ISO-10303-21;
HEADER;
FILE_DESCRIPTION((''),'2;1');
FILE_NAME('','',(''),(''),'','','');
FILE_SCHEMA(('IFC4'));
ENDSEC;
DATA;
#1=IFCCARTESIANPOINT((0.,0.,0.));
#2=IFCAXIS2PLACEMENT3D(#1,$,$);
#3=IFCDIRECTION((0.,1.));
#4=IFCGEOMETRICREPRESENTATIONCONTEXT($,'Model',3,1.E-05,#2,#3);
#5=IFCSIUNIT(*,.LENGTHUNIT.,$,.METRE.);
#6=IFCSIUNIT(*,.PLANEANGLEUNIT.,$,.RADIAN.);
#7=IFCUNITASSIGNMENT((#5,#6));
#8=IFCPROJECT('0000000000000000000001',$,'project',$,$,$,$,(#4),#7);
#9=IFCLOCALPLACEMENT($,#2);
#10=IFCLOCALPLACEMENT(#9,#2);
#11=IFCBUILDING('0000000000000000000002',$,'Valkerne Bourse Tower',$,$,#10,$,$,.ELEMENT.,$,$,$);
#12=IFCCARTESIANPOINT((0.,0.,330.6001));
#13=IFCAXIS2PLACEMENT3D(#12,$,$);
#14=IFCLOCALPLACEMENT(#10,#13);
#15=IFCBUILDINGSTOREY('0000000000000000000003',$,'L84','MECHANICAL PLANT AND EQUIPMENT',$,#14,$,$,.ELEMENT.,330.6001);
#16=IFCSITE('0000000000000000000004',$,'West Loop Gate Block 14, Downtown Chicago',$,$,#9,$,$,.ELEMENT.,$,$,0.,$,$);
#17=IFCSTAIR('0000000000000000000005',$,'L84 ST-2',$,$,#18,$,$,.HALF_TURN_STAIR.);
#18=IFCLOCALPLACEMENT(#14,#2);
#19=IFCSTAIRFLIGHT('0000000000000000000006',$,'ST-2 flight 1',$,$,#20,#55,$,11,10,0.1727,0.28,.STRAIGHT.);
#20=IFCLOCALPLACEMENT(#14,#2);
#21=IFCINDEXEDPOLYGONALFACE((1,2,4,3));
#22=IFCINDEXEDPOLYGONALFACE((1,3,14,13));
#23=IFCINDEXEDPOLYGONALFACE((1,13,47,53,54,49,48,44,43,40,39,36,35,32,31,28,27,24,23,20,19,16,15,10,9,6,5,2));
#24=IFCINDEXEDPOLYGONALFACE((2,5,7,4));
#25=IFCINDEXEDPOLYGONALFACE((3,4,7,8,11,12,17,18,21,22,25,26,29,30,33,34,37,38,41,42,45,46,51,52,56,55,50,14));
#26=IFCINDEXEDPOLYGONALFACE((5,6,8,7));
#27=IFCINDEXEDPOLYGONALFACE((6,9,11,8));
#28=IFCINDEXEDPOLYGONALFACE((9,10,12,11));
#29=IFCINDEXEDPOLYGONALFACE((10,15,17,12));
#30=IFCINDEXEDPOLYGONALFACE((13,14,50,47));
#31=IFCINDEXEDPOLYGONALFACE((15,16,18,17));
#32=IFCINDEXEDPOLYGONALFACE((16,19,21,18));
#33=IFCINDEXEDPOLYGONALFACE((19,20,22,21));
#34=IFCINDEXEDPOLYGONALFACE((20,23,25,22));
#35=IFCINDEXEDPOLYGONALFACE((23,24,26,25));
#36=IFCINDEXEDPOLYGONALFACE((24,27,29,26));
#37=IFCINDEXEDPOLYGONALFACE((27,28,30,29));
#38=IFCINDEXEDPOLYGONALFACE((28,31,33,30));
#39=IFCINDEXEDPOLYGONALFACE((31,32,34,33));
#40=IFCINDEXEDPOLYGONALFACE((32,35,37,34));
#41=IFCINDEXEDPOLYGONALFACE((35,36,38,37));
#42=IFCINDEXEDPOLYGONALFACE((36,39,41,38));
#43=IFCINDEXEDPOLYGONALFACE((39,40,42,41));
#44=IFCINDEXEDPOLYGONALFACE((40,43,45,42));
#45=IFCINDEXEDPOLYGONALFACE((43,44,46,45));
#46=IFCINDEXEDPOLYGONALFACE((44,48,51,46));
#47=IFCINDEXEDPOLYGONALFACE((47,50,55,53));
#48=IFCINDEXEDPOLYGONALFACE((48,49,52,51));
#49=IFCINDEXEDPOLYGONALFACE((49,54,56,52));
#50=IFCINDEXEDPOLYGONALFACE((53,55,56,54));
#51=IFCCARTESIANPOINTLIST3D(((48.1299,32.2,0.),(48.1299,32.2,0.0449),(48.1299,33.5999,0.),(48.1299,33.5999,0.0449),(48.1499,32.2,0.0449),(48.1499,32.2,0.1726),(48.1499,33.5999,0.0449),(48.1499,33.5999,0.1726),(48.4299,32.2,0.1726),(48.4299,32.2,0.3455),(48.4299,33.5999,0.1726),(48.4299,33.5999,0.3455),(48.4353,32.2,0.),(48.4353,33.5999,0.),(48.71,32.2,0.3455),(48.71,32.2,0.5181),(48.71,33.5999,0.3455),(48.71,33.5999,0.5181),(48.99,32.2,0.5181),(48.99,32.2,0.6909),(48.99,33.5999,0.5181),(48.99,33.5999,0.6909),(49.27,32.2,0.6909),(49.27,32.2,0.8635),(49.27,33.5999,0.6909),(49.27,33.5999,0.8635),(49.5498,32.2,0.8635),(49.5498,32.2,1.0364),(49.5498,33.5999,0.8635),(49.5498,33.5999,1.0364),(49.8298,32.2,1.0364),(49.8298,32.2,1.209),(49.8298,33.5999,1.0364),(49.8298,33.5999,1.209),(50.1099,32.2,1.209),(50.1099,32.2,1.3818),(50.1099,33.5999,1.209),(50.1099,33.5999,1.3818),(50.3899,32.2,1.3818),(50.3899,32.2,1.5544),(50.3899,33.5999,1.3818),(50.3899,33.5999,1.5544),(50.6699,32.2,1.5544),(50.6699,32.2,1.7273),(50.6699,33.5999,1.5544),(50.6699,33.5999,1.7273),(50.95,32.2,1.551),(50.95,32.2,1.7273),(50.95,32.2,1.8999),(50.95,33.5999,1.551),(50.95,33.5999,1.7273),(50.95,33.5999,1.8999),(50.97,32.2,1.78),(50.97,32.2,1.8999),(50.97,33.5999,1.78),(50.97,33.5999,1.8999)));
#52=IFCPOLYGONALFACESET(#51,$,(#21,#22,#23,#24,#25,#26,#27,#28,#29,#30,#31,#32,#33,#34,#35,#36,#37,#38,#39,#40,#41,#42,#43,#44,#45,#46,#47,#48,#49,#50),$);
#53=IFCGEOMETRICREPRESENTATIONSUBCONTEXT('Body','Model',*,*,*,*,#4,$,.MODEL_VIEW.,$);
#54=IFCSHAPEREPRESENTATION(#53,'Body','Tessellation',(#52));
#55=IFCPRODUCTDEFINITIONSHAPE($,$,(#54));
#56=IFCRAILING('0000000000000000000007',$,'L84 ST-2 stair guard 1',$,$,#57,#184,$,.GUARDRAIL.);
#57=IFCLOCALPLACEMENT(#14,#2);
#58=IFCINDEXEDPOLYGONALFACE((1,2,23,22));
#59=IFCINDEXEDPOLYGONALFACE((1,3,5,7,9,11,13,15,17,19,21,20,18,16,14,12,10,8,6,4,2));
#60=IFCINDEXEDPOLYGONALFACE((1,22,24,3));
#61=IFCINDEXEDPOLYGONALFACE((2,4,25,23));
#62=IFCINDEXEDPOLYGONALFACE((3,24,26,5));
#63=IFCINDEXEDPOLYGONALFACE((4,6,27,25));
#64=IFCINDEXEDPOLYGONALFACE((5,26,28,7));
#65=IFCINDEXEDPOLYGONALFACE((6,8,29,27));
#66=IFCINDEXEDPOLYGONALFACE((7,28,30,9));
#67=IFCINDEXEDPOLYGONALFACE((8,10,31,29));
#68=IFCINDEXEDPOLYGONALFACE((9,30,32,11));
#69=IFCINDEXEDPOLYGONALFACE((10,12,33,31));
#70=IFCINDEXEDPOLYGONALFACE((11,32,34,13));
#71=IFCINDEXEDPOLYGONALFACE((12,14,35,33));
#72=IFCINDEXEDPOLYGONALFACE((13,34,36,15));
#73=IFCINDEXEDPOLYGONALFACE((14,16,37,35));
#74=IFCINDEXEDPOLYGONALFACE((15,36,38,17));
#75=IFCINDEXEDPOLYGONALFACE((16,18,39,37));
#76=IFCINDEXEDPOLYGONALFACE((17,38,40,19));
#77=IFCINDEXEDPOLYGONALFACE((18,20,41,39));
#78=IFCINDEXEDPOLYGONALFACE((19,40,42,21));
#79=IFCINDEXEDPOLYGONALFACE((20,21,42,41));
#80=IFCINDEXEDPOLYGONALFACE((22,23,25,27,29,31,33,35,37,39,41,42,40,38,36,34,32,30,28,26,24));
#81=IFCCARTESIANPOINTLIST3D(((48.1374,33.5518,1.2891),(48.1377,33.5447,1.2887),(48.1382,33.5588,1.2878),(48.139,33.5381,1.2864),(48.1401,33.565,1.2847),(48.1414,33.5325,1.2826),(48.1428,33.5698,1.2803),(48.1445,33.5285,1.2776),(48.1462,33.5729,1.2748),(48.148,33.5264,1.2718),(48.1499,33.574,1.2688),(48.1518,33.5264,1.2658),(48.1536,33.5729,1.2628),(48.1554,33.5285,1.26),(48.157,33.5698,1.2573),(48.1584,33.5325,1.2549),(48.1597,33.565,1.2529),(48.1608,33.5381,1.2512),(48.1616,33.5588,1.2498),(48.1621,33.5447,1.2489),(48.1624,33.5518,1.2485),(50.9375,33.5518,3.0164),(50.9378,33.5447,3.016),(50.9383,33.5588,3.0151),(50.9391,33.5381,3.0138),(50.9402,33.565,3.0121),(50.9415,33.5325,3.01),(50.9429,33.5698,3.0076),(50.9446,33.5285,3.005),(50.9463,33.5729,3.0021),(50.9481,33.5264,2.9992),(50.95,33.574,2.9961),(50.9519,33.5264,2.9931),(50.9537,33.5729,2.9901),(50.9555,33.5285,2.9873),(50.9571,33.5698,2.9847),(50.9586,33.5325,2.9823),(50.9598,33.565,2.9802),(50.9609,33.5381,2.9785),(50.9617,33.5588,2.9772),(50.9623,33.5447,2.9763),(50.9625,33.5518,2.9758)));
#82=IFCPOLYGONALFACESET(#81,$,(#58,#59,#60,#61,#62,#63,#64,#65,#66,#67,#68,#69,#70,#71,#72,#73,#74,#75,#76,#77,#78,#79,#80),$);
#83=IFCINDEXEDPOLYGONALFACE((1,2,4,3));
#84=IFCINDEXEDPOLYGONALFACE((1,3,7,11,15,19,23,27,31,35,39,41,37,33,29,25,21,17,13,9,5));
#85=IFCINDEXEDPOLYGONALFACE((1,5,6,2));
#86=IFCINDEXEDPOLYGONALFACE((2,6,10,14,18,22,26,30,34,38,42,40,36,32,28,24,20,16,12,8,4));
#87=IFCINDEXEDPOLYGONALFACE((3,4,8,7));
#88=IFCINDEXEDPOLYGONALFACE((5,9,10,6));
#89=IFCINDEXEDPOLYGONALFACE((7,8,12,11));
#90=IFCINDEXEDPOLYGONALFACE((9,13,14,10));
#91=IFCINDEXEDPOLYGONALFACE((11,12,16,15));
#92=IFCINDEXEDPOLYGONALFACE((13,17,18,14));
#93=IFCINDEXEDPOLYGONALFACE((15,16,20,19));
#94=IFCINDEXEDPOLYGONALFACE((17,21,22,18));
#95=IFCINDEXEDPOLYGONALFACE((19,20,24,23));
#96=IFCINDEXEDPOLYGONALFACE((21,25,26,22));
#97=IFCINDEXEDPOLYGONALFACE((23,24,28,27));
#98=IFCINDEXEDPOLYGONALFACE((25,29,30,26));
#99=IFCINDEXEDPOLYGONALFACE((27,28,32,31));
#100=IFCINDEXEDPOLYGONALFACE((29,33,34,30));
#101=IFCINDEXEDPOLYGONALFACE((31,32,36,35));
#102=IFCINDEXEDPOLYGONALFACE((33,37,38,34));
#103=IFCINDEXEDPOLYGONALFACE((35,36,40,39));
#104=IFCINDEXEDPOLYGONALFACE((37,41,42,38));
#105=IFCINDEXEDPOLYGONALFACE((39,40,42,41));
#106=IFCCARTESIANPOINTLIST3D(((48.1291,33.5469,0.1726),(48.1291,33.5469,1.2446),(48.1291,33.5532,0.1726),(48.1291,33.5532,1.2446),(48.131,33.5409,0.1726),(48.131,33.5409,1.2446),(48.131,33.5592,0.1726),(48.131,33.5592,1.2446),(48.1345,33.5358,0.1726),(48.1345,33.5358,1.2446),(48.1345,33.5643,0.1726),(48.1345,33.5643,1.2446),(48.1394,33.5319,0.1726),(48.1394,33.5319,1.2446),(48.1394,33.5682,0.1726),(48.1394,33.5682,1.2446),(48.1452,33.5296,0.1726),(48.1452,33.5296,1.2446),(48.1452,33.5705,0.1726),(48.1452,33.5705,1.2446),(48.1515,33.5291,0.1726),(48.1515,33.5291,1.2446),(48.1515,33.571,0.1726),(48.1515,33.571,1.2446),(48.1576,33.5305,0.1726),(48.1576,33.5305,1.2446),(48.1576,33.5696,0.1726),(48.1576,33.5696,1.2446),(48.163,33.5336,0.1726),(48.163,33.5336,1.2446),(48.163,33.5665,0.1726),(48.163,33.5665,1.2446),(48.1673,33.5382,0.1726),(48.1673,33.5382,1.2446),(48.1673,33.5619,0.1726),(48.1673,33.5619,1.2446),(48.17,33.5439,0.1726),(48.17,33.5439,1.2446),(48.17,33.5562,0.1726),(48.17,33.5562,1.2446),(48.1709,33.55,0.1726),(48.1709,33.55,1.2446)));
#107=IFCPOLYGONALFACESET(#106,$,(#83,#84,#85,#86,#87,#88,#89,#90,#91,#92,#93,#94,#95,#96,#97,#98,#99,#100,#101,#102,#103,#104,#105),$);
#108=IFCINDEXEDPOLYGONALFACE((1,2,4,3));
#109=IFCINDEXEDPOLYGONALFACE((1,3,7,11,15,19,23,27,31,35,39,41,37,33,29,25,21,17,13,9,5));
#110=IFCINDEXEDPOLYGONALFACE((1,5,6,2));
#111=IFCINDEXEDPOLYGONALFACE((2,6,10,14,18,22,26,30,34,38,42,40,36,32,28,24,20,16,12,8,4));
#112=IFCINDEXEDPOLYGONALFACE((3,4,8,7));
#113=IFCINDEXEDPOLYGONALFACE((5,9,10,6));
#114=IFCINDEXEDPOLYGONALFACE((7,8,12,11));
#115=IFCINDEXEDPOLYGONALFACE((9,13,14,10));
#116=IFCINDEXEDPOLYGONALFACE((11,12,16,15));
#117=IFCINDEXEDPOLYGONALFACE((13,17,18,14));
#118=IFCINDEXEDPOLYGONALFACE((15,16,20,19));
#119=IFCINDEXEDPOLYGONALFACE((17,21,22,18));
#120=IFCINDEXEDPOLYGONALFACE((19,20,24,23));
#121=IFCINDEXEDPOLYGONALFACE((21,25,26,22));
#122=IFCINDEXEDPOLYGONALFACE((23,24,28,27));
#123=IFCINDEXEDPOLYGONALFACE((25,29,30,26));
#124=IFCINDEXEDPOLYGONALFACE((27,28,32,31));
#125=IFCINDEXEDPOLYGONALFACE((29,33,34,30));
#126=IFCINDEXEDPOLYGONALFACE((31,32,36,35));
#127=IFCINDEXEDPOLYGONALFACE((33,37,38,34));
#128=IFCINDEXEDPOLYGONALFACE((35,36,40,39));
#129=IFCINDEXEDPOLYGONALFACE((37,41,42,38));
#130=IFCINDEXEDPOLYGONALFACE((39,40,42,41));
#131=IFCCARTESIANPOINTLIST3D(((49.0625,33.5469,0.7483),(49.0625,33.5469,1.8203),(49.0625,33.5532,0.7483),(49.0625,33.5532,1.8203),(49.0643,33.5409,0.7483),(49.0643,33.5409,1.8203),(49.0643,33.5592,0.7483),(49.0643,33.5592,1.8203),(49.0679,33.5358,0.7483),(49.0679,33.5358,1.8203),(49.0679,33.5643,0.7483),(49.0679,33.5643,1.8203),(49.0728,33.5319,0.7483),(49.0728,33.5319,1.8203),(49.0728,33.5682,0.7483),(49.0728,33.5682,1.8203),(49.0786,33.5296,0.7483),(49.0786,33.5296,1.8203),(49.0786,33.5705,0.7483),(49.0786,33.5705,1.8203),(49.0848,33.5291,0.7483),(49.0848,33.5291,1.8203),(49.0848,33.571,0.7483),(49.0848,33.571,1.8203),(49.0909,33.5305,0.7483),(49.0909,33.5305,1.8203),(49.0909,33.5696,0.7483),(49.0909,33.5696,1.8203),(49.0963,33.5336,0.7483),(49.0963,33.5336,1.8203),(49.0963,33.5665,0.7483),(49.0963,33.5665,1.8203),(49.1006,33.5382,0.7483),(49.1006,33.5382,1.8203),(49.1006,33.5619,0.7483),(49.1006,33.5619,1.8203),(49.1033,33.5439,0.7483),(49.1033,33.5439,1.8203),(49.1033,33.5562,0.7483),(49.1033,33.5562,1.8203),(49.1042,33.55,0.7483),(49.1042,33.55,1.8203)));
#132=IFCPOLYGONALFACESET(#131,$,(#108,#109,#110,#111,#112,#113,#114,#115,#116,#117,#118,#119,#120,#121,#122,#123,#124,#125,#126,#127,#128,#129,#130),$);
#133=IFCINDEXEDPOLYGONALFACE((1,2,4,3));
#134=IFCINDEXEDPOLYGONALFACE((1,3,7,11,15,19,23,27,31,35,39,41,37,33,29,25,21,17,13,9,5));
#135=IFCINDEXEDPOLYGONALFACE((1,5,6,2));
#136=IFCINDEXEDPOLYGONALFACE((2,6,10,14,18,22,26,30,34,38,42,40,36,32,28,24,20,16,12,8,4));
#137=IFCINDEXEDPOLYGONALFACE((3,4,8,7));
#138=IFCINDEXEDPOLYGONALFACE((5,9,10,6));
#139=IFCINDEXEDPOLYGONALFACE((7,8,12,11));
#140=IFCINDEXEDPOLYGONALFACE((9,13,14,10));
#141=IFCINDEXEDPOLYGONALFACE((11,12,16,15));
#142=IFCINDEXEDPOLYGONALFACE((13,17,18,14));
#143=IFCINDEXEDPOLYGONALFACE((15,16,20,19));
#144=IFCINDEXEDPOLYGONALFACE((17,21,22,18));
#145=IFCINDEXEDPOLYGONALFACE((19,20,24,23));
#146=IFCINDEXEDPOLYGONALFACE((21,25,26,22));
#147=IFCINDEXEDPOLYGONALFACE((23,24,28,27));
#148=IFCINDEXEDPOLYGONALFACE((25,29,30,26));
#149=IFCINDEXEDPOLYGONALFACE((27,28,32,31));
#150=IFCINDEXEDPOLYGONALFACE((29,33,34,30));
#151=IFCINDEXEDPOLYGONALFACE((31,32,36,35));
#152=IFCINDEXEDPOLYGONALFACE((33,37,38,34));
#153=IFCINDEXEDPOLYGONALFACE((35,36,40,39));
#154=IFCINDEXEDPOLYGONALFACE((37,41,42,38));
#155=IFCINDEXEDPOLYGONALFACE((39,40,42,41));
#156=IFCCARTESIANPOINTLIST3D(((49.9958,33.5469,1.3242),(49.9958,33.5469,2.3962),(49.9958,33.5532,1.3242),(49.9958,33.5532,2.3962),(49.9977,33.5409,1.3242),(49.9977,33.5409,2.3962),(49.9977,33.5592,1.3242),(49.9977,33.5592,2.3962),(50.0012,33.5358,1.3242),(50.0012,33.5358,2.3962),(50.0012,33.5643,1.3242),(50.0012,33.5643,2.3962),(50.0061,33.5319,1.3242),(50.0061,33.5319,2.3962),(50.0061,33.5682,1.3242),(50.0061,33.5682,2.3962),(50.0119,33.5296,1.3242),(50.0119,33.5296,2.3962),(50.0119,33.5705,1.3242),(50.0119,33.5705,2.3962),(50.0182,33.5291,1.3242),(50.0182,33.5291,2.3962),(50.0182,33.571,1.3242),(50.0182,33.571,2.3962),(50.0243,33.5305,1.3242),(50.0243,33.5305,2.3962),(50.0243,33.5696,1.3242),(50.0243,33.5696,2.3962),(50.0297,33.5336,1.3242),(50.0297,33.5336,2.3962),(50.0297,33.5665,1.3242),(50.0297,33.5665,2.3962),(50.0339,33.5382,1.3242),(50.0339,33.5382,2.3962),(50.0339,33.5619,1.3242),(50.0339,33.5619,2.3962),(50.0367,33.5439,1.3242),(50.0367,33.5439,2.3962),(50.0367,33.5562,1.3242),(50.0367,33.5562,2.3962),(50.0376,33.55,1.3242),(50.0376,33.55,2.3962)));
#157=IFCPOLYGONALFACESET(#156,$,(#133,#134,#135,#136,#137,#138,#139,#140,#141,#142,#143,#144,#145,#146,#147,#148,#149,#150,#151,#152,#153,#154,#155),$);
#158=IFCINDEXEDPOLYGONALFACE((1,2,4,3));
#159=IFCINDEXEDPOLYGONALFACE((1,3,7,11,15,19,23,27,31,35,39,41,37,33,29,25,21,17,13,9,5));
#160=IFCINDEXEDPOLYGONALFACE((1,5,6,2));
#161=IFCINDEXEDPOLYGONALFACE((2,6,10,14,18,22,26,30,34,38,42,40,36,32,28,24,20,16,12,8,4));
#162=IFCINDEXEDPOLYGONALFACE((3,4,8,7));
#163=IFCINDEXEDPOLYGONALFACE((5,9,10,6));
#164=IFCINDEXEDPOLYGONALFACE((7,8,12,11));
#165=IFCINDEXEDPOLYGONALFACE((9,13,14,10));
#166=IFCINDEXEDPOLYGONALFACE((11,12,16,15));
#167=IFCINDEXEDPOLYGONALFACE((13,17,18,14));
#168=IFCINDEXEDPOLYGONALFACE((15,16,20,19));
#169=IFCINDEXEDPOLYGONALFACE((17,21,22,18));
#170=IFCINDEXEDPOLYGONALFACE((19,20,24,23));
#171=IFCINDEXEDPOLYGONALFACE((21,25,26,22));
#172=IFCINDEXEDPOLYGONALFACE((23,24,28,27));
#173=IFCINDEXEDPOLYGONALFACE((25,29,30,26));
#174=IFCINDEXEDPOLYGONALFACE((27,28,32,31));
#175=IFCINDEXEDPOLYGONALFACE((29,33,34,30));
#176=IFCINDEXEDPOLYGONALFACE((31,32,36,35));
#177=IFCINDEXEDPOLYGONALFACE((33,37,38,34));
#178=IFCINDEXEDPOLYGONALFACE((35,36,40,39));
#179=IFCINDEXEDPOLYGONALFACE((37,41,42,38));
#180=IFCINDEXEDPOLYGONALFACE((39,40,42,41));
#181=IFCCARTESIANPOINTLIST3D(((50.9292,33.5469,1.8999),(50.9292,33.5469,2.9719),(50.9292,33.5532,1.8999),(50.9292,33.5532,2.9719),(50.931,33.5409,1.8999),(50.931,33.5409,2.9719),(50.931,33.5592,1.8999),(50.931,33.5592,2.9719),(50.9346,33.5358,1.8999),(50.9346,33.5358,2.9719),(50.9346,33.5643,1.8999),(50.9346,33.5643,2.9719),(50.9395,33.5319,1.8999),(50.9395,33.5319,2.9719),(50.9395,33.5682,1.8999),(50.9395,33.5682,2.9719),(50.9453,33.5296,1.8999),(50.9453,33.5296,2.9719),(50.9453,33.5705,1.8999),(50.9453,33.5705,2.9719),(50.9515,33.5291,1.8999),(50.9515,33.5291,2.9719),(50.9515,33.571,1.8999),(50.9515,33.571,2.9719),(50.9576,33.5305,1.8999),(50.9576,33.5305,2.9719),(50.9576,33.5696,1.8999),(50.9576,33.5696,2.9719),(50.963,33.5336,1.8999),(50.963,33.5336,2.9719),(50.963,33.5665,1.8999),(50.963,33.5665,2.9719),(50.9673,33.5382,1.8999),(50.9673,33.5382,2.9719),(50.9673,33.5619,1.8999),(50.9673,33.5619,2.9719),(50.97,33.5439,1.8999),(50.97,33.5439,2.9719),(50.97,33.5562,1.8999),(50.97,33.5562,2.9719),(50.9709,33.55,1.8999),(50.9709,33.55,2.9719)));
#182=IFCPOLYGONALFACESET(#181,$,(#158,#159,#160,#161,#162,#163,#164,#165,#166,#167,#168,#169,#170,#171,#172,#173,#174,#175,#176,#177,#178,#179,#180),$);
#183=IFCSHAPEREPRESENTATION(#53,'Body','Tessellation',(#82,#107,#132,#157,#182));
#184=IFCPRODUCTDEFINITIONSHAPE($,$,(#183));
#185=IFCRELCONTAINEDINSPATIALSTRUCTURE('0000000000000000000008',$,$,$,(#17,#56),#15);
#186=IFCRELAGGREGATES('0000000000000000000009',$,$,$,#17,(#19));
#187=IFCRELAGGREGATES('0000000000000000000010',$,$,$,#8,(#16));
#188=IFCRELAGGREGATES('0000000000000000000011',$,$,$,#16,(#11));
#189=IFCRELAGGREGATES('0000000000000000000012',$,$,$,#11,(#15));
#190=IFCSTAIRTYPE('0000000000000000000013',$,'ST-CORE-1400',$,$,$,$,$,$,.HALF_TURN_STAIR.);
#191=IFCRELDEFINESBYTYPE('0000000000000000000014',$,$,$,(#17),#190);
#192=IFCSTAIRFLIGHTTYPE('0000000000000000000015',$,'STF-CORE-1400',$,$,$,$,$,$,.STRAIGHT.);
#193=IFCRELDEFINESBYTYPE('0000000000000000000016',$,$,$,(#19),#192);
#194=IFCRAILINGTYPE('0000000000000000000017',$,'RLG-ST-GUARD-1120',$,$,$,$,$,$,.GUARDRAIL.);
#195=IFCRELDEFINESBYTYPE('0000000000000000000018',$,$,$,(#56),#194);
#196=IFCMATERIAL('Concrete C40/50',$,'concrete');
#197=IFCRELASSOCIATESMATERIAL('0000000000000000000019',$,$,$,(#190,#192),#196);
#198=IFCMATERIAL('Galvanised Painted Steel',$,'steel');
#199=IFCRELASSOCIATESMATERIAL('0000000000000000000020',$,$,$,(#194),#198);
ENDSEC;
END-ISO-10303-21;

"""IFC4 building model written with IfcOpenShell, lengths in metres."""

from ifc_helpers import new_model, si_unit, direction, frame, origin, origin_2d, place, context, subcontext, project, spatial, polyline, circle, outline, extrude, material, type_object, element, aggregate, save


model = new_model("IFC4")

# Units and contexts
model_context = context("Model", 3, precision=1e-05, world=origin(), true_north=direction((0.0, 1.0)))
body_context = subcontext(model_context, "Body", "Model", "MODEL_VIEW")
ifc_project = project(units=[si_unit("LENGTHUNIT", "METRE"), si_unit("PLANEANGLEUNIT", "RADIAN")], contexts=[model_context])

# Site, building, storey
site_placement = place(None, origin())
site = spatial("IfcSite", under=ifc_project, at=site_placement, Name="West Loop Gate Block 14, Downtown Chicago", CompositionType="ELEMENT", RefElevation=0.0)
building_placement = place(site_placement, origin())
building = spatial("IfcBuilding", under=site, at=building_placement, Name="Valkerne Bourse Tower", CompositionType="ELEMENT")
storey_placement = place(building_placement, frame((0.0, 0.0, 330.6001)))
storey = spatial("IfcBuildingStorey", under=building, at=storey_placement, Name="L84", Description="MECHANICAL PLANT AND EQUIPMENT", CompositionType="ELEMENT", Elevation=330.6001)

# Shared definitions
ifc_material_1 = material(Name="Concrete C40/50", Category="concrete")
ifc_material_2 = material(Name="Galvanised Painted Steel", Category="steel")

# Stair, stair flight
stair_type = type_object("IfcStairType", Name="ST-CORE-1400", PredefinedType="HALF_TURN_STAIR", material=ifc_material_1)
stair_placement = place(storey_placement, origin())
stair = element("IfcStair", 1, at=stair_placement, inside=storey, type_object=stair_type, Name="L84 ST-2", PredefinedType="HALF_TURN_STAIR")
stair_flight_type = type_object("IfcStairFlightType", Name="STF-CORE-1400", PredefinedType="STRAIGHT", material=ifc_material_1)
stair_flight_placement = place(storey_placement, frame((48.1499, 32.8999, 0.0), z_axis=(0.0, 0.0, 1.0), x_axis=(1.0, 0.0, 0.0)))
stair_flight = element("IfcStairFlight", 2, at=stair_flight_placement, type_object=stair_flight_type, Name="ST-2 flight 1", NumberOfRisers=11, NumberOfTreads=10, PredefinedType="STRAIGHT", RiserHeight=0.1727, TreadLength=0.28, context=body_context, shape_type="SweptSolid", body=[
    extrude(outline(polyline([(-0.02, 0.0), (-0.02, 0.0449), (0.0, 0.0449), (0.0, 0.1726), (0.28, 0.1726), (0.28, 0.3455), (0.5601, 0.3455), (0.5601, 0.5181), (0.8401, 0.5181), (0.8401, 0.6909), (1.1201, 0.6909), (1.1201, 0.8635), (1.3999, 0.8635), (1.3999, 1.0364), (1.6799, 1.0364), (1.6799, 1.209), (1.96, 1.209), (1.96, 1.3818), (2.24, 1.3818), (2.24, 1.5544), (2.52, 1.5544), (2.52, 1.7273), (2.8, 1.7273), (2.8, 1.8999), (2.8201, 1.8999), (2.8201, 1.78), (2.8, 1.551), (0.2854, 0.0), (-0.02, 0.0)])), frame((0.0, 0.7, 0.0), z_axis=(0.0, -1.0, 0.0), x_axis=(1.0, 0.0, 0.0)), (0.0, 0.0, 1.0), 1.3999),
])
aggregate(stair, [stair_flight])

# Railing
railing_type_1 = type_object("IfcRailingType", Name="RLG-ST-GUARD-1120", PredefinedType="GUARDRAIL", material=ifc_material_2)
railing_1_placement = place(storey_placement, frame((48.1499, 33.55, 0.1726)))
element("IfcRailing", 3, at=railing_1_placement, inside=storey, type_object=railing_type_1, Name="L84 ST-2 stair guard 1", PredefinedType="GUARDRAIL", context=body_context, shape_type="SweptSolid", body=[
    extrude(circle(Radius=0.0239, at=origin_2d()), frame((0.0, 0.0, 1.0962), z_axis=(0.85109, 0.0, 0.52502), x_axis=(0.0, 1.0, 0.0)), (0.0, 0.0, 1.0), 3.29),
    extrude(circle(Radius=0.021, at=origin_2d()), origin(), (0.0, 0.0, 1.0), 1.072),
    extrude(circle(Radius=0.021, at=origin_2d()), frame((0.9333, 0.0, 0.5757)), (0.0, 0.0, 1.0), 1.072),
    extrude(circle(Radius=0.021, at=origin_2d()), frame((1.8667, 0.0, 1.1516)), (0.0, 0.0, 1.0), 1.072),
    extrude(circle(Radius=0.021, at=origin_2d()), frame((2.8, 0.0, 1.7273)), (0.0, 0.0, 1.0), 1.072),
])

save(model, "model.ifc")
